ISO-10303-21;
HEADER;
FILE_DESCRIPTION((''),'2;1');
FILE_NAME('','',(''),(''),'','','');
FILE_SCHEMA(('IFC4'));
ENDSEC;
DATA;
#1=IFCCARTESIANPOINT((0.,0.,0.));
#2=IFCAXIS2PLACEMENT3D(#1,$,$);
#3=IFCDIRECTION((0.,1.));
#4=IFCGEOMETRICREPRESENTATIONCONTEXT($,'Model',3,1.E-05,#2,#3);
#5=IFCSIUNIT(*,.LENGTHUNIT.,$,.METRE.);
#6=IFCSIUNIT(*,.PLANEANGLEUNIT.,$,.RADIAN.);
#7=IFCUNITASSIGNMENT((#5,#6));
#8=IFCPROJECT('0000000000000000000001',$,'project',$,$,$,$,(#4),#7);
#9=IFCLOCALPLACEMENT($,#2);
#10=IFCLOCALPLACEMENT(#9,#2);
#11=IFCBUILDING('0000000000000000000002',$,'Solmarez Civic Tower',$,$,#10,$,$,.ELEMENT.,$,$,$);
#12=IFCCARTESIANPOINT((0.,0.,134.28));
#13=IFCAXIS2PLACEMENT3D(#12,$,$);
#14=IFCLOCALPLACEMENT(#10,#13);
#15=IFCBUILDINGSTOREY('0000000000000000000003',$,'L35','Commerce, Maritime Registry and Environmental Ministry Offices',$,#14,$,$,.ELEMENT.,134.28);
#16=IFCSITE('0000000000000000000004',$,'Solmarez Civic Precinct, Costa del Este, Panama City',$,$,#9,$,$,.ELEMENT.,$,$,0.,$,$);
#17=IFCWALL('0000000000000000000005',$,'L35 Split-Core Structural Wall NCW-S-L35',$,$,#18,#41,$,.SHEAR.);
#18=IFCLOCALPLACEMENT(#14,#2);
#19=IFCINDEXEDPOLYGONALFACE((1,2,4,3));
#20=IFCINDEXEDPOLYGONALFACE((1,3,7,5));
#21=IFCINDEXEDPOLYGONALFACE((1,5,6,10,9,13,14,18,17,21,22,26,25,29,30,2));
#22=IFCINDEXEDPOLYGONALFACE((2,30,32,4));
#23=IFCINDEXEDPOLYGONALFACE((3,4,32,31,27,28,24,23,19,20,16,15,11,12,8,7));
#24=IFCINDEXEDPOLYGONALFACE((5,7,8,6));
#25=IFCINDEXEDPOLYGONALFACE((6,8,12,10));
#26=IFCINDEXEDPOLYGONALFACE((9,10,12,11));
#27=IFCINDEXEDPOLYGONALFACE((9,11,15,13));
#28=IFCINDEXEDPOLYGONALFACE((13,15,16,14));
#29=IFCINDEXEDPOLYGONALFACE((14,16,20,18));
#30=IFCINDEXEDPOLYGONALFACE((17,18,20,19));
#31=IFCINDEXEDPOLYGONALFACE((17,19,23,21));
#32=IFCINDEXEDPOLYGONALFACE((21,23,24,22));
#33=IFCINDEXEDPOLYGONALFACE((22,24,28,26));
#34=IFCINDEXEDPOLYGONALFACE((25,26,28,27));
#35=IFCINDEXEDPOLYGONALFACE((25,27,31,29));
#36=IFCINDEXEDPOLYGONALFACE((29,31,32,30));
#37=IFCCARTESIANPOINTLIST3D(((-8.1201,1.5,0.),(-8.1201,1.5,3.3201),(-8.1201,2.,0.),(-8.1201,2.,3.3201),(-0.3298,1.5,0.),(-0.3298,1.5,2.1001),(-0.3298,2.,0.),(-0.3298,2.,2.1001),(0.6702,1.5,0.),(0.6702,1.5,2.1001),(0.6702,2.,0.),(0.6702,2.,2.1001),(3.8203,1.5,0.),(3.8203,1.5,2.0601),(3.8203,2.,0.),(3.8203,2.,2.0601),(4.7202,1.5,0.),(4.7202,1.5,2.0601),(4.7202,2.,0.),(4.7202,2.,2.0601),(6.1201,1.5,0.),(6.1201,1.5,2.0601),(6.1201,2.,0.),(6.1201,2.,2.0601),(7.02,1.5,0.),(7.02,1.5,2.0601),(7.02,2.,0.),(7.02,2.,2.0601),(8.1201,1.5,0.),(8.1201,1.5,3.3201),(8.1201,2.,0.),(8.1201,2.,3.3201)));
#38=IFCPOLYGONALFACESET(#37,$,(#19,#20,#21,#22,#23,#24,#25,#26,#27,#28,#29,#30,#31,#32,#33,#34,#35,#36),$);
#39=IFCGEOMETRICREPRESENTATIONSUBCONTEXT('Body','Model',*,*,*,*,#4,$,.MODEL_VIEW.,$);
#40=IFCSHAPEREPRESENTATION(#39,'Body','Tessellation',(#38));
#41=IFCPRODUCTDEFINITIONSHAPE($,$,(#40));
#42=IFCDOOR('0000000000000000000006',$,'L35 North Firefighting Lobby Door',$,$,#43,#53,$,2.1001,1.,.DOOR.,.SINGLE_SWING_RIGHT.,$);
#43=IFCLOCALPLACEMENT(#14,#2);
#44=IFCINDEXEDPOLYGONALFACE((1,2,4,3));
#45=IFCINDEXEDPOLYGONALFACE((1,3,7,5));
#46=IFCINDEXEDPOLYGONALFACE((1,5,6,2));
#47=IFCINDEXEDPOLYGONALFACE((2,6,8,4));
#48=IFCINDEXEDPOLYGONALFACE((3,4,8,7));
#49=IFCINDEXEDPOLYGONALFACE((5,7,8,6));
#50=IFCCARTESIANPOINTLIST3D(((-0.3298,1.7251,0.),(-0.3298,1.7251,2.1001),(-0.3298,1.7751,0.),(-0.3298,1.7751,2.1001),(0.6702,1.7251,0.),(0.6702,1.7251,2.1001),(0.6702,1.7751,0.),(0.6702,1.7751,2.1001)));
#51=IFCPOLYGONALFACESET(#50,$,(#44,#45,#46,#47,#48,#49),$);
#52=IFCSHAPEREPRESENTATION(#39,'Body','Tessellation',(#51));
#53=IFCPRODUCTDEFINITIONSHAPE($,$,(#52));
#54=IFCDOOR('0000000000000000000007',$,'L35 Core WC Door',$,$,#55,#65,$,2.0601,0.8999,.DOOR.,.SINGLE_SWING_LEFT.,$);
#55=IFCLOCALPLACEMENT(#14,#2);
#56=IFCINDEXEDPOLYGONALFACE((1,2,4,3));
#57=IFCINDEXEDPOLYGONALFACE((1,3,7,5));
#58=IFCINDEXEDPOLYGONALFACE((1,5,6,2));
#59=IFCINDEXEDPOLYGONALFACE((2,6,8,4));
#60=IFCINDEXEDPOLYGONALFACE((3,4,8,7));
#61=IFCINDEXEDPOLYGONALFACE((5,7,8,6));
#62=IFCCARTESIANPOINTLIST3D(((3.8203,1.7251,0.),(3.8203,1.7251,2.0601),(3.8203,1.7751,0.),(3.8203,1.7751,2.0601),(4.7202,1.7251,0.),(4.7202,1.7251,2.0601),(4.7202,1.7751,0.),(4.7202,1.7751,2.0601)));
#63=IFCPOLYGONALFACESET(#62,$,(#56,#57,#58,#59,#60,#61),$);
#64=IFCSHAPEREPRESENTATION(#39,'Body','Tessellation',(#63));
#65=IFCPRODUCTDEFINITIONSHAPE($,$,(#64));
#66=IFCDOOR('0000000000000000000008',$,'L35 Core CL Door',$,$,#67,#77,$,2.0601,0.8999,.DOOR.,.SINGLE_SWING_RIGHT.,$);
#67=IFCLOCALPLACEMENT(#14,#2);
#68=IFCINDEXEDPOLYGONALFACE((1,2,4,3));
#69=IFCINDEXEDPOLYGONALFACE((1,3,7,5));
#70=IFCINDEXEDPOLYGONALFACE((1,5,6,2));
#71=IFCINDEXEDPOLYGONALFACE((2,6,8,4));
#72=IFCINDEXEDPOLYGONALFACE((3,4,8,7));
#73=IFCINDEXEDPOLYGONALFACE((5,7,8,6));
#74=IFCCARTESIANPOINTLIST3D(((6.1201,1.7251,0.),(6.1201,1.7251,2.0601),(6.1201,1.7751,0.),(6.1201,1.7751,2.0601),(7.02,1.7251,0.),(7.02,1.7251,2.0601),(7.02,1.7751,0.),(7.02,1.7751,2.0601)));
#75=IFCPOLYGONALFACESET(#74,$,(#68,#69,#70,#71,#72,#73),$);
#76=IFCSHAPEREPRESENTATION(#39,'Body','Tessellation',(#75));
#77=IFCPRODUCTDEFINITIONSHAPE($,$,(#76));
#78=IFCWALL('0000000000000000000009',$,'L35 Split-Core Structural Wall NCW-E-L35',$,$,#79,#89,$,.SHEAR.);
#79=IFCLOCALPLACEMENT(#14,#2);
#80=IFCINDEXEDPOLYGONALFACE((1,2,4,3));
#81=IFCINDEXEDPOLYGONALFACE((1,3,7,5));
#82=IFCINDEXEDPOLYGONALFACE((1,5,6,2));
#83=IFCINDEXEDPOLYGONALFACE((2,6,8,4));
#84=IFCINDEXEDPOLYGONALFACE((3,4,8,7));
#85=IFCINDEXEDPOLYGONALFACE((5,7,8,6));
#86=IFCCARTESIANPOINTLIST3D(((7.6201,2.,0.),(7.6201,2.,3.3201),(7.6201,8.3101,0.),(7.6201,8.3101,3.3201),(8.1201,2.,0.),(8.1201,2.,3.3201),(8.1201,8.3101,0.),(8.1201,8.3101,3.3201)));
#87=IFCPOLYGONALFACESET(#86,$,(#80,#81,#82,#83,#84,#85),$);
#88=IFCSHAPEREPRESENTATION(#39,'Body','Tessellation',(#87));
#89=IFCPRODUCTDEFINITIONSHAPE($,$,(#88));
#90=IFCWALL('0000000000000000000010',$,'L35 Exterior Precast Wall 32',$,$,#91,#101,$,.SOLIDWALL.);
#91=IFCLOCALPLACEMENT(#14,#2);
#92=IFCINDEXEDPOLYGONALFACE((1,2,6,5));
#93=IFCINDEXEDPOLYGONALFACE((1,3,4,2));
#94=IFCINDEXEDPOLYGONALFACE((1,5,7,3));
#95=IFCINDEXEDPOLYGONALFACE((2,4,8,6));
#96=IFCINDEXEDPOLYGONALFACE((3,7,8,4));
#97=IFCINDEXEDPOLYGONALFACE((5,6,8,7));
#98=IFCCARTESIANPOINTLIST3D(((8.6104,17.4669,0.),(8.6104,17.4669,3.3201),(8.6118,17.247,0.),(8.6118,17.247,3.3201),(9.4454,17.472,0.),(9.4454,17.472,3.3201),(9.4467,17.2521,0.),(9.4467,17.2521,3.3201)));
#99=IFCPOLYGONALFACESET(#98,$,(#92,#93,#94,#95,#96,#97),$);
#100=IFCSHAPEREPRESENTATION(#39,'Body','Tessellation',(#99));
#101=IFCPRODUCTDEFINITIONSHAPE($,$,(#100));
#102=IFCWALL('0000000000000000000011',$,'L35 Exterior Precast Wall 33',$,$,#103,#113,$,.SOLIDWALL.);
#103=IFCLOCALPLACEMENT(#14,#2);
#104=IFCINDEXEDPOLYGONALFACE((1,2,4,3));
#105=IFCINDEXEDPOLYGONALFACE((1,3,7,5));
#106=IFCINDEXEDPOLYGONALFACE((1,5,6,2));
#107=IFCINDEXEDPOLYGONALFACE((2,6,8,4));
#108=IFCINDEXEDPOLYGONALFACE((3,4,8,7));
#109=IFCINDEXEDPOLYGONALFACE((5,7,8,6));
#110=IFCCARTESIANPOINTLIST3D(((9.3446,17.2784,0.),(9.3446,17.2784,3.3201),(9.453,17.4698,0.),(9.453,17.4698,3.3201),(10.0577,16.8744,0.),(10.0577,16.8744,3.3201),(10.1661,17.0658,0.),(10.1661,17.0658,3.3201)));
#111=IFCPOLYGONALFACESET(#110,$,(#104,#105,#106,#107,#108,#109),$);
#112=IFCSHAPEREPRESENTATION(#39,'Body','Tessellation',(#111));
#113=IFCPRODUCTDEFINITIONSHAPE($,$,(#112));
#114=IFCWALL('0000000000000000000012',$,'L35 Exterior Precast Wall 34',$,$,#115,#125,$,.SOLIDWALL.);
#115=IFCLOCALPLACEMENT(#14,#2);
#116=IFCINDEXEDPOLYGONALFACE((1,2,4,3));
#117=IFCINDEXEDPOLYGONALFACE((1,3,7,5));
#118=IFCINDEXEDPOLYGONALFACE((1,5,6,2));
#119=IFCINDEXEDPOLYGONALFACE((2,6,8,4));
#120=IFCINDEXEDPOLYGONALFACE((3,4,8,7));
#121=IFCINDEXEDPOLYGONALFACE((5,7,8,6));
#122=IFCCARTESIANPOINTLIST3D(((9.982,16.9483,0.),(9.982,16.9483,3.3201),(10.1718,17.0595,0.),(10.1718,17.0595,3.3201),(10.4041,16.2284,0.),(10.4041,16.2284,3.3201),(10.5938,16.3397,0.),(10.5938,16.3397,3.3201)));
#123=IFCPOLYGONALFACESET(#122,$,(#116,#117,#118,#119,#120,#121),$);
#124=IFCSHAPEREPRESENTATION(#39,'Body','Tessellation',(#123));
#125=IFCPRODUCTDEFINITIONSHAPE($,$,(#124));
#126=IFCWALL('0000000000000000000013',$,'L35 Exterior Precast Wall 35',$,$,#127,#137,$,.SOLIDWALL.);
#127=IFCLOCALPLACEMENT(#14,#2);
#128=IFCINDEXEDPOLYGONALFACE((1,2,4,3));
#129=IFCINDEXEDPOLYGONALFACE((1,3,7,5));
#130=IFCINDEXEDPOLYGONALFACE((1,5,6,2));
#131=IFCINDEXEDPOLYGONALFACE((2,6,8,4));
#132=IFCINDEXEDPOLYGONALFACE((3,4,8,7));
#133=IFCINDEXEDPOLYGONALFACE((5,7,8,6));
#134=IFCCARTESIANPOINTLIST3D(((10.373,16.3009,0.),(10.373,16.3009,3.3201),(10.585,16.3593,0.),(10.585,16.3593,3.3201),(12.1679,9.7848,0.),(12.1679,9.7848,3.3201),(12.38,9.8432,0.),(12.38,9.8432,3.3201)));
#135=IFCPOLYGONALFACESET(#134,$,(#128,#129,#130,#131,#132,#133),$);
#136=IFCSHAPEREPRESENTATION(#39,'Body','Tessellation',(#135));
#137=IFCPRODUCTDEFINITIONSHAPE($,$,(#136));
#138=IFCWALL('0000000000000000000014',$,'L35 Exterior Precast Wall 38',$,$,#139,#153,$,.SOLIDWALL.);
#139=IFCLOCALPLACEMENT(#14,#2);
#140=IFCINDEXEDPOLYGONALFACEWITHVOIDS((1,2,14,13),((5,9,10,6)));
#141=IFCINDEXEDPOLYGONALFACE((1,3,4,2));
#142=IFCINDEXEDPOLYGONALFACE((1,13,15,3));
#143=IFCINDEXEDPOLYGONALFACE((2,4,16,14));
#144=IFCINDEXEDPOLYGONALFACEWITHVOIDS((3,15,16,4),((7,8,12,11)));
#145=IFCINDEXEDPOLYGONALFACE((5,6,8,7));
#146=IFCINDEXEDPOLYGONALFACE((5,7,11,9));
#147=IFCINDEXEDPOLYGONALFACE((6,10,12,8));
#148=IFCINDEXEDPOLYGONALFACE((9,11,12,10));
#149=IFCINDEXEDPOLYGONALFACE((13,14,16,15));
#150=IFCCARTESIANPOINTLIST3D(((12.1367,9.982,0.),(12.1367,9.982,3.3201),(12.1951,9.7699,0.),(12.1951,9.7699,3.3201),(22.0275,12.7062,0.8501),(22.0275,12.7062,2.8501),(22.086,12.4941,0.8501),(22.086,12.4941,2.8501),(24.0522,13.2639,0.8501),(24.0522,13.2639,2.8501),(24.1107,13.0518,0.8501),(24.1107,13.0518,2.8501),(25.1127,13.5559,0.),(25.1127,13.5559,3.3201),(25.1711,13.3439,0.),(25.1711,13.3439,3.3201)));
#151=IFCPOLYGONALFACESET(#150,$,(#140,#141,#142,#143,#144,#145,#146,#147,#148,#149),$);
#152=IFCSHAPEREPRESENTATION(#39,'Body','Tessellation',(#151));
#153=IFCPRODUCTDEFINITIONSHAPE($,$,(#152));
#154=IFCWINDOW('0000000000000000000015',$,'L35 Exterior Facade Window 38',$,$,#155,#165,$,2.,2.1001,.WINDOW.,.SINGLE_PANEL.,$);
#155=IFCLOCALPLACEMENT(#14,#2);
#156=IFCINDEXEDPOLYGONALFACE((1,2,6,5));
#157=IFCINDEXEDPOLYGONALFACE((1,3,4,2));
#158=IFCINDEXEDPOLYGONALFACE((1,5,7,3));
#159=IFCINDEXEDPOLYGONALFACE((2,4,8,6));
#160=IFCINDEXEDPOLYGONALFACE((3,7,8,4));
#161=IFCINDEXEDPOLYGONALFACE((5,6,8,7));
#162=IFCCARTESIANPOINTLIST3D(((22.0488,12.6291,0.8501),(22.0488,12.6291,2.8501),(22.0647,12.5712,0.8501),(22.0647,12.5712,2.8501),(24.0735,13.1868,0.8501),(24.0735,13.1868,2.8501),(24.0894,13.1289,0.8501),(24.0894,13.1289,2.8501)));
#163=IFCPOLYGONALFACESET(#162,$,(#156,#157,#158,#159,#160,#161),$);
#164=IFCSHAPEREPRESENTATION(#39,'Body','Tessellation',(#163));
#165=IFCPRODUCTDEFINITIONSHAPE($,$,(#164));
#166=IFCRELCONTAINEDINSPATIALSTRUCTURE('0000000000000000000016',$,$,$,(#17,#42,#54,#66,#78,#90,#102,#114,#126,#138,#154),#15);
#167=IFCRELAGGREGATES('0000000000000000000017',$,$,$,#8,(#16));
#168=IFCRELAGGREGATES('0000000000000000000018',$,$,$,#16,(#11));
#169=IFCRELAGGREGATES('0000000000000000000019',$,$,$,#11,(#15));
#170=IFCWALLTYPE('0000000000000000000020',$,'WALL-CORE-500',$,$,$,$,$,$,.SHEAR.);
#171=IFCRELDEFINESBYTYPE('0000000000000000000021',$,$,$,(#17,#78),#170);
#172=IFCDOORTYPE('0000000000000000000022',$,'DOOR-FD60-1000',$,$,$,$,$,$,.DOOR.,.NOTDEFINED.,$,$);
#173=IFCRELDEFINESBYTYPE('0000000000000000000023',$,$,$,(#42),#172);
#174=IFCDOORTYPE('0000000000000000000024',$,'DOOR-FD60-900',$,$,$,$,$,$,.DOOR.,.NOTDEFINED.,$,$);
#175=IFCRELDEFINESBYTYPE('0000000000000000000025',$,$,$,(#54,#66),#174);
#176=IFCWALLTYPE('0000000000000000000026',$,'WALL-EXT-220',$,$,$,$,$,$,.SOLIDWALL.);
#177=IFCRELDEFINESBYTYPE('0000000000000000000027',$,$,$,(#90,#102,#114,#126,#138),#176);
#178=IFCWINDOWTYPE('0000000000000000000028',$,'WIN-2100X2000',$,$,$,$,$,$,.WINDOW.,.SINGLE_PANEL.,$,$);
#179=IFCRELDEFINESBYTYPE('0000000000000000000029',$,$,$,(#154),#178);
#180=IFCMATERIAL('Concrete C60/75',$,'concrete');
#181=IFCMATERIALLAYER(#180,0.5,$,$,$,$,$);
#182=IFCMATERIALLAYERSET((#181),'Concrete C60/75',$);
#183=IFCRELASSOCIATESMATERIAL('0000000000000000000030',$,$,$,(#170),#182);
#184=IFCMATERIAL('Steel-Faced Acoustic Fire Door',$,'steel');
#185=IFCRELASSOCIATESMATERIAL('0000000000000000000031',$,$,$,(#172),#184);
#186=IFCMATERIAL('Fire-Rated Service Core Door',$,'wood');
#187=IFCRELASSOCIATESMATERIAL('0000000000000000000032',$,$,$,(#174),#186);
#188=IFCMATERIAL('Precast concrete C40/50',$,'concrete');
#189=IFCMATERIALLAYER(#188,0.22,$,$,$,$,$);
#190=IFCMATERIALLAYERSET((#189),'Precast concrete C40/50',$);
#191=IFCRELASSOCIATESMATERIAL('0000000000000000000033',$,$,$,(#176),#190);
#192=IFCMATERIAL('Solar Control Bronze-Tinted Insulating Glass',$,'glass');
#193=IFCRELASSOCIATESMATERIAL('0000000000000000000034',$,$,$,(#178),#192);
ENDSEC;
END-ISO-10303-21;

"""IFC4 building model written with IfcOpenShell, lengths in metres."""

from ifc_helpers import new_model, si_unit, direction, frame, frame_2d, origin, place, context, subcontext, project, spatial, rectangle, extrude, material, layer, layer_set, type_object, element, fill, save


model = new_model("IFC4")

# Units and contexts
model_context = context("Model", 3, precision=1e-05, world=origin(), true_north=direction((0.0, 1.0)))
body_context = subcontext(model_context, "Body", "Model", "MODEL_VIEW")
ifc_project = project(units=[si_unit("LENGTHUNIT", "METRE"), si_unit("PLANEANGLEUNIT", "RADIAN")], contexts=[model_context])

# Site, building, storey
site_placement = place(None, origin())
site = spatial("IfcSite", under=ifc_project, at=site_placement, Name="Solmarez Civic Precinct, Costa del Este, Panama City", CompositionType="ELEMENT", RefElevation=0.0)
building_placement = place(site_placement, origin())
building = spatial("IfcBuilding", under=site, at=building_placement, Name="Solmarez Civic Tower", CompositionType="ELEMENT")
storey_placement = place(building_placement, frame((0.0, 0.0, 134.28)))
storey = spatial("IfcBuildingStorey", under=building, at=storey_placement, Name="L35", Description="Commerce, Maritime Registry and Environmental Ministry Offices", CompositionType="ELEMENT", Elevation=134.28)

# Wall, openings, doors
ifc_material_1 = material(Name="Concrete C60/75", Category="concrete")
ifc_layer_1 = layer(ifc_material_1, 0.5)
ifc_layer_set_1 = layer_set([ifc_layer_1], Name="Concrete C60/75")
wall_type_1 = type_object("IfcWallType", Name="WALL-CORE-500", PredefinedType="SHEAR", material=ifc_layer_set_1)
wall_1_placement = place(storey_placement, frame((8.1201, 1.75, 0.0), z_axis=(0.0, 0.0, 1.0), x_axis=(-1.0, 0.0, 0.0)))
wall_1 = element("IfcWall", 1, at=wall_1_placement, inside=storey, type_object=wall_type_1, Name="L35 Split-Core Structural Wall NCW-S-L35", PredefinedType="SHEAR", context=body_context, shape_type="SweptSolid", body=[
    extrude(rectangle(XDim=16.2402, YDim=0.5, at=frame_2d((8.1201, 0.0))), origin(), (0.0, 0.0, 1.0), 3.3201),
])
opening_1_placement = place(wall_1_placement, frame((7.45, 0.0, 0.0)))
opening_1 = element("IfcOpeningElement", 2, at=opening_1_placement, cuts=wall_1, PredefinedType="OPENING", context=body_context, shape_type="SweptSolid", body=[
    extrude(rectangle(XDim=1.0, YDim=2.1001, at=frame_2d((0.5, 1.05))), frame((0.0, 0.26, 0.0), z_axis=(0.0, -1.0, 0.0), x_axis=(1.0, 0.0, 0.0)), (0.0, 0.0, 1.0), 0.52),
])
opening_2_placement = place(wall_1_placement, frame((3.3999, 0.0, 0.0)))
opening_2 = element("IfcOpeningElement", 3, at=opening_2_placement, cuts=wall_1, PredefinedType="OPENING", context=body_context, shape_type="SweptSolid", body=[
    extrude(rectangle(XDim=0.8999, YDim=2.0601, at=frame_2d((0.45, 1.03))), frame((0.0, 0.26, 0.0), z_axis=(0.0, -1.0, 0.0), x_axis=(1.0, 0.0, 0.0)), (0.0, 0.0, 1.0), 0.52),
])
opening_3_placement = place(wall_1_placement, frame((1.1001, 0.0, 0.0)))
opening_3 = element("IfcOpeningElement", 4, at=opening_3_placement, cuts=wall_1, PredefinedType="OPENING", context=body_context, shape_type="SweptSolid", body=[
    extrude(rectangle(XDim=0.8999, YDim=2.0601, at=frame_2d((0.45, 1.03))), frame((0.0, 0.26, 0.0), z_axis=(0.0, -1.0, 0.0), x_axis=(1.0, 0.0, 0.0)), (0.0, 0.0, 1.0), 0.52),
])
ifc_material_2 = material(Name="Steel-Faced Acoustic Fire Door", Category="steel")
door_type_1 = type_object("IfcDoorType", Name="DOOR-FD60-1000", OperationType="NOTDEFINED", PredefinedType="DOOR", material=ifc_material_2)
door_1_placement = place(opening_1_placement, origin())
door_1 = element("IfcDoor", 5, at=door_1_placement, inside=storey, type_object=door_type_1, Name="L35 North Firefighting Lobby Door", OperationType="SINGLE_SWING_RIGHT", OverallHeight=2.1001, OverallWidth=1.0, PredefinedType="DOOR", context=body_context, shape_type="SweptSolid", body=[
    extrude(rectangle(XDim=1.0, YDim=2.1001, at=frame_2d((0.5, 1.05))), frame((0.0, 0.0249, 0.0), z_axis=(0.0, -1.0, 0.0), x_axis=(1.0, 0.0, 0.0)), (0.0, 0.0, 1.0), 0.05),
])
fill(opening_1, door_1)
ifc_material_3 = material(Name="Fire-Rated Service Core Door", Category="wood")
door_type_2 = type_object("IfcDoorType", Name="DOOR-FD60-900", OperationType="NOTDEFINED", PredefinedType="DOOR", material=ifc_material_3)
door_2_placement = place(opening_2_placement, origin())
door_2 = element("IfcDoor", 6, at=door_2_placement, inside=storey, type_object=door_type_2, Name="L35 Core WC Door", OperationType="SINGLE_SWING_LEFT", OverallHeight=2.0601, OverallWidth=0.8999, PredefinedType="DOOR", context=body_context, shape_type="SweptSolid", body=[
    extrude(rectangle(XDim=0.8999, YDim=2.0601, at=frame_2d((0.45, 1.03))), frame((0.0, 0.0249, 0.0), z_axis=(0.0, -1.0, 0.0), x_axis=(1.0, 0.0, 0.0)), (0.0, 0.0, 1.0), 0.05),
])
fill(opening_2, door_2)
door_3_placement = place(opening_3_placement, origin())
door_3 = element("IfcDoor", 7, at=door_3_placement, inside=storey, type_object=door_type_2, Name="L35 Core CL Door", OperationType="SINGLE_SWING_RIGHT", OverallHeight=2.0601, OverallWidth=0.8999, PredefinedType="DOOR", context=body_context, shape_type="SweptSolid", body=[
    extrude(rectangle(XDim=0.8999, YDim=2.0601, at=frame_2d((0.45, 1.03))), frame((0.0, 0.0249, 0.0), z_axis=(0.0, -1.0, 0.0), x_axis=(1.0, 0.0, 0.0)), (0.0, 0.0, 1.0), 0.05),
])
fill(opening_3, door_3)

# Walls
wall_2_placement = place(storey_placement, frame((7.8701, 8.3101, 0.0), z_axis=(0.0, 0.0, 1.0), x_axis=(0.0, -1.0, 0.0)))
element("IfcWall", 8, at=wall_2_placement, inside=storey, type_object=wall_type_1, Name="L35 Split-Core Structural Wall NCW-E-L35", PredefinedType="SHEAR", context=body_context, shape_type="SweptSolid", body=[
    extrude(rectangle(XDim=6.3101, YDim=0.5, at=frame_2d((3.155, 0.0))), origin(), (0.0, 0.0, 1.0), 3.3201),
])
ifc_material_4 = material(Name="Precast concrete C40/50", Category="concrete")
ifc_layer_2 = layer(ifc_material_4, 0.22)
ifc_layer_set_2 = layer_set([ifc_layer_2], Name="Precast concrete C40/50")
wall_type_2 = type_object("IfcWallType", Name="WALL-EXT-220", PredefinedType="SOLIDWALL", material=ifc_layer_set_2)
wall_3_placement = place(storey_placement, frame((8.6111, 17.3569, 0.0), z_axis=(0.0, 0.0, 1.0), x_axis=(0.999981, 0.00614, 0.0)))
element("IfcWall", 9, at=wall_3_placement, inside=storey, type_object=wall_type_2, Name="L35 Exterior Precast Wall 32", PredefinedType="SOLIDWALL", context=body_context, shape_type="SweptSolid", body=[
    extrude(rectangle(XDim=0.835, YDim=0.22, at=frame_2d((0.4175, 0.0))), origin(), (0.0, 0.0, 1.0), 3.3201),
])
wall_4_placement = place(storey_placement, frame((9.3989, 17.374, 0.0), z_axis=(0.0, 0.0, 1.0), x_axis=(0.870052, -0.49296, 0.0)))
element("IfcWall", 10, at=wall_4_placement, inside=storey, type_object=wall_type_2, Name="L35 Exterior Precast Wall 33", PredefinedType="SOLIDWALL", context=body_context, shape_type="SweptSolid", body=[
    extrude(rectangle(XDim=0.8196, YDim=0.22, at=frame_2d((0.4097, 0.0))), origin(), (0.0, 0.0, 1.0), 3.3201),
])
wall_5_placement = place(storey_placement, frame((10.0769, 17.0039, 0.0), z_axis=(0.0, 0.0, 1.0), x_axis=(0.50578, -0.862663, 0.0)))
element("IfcWall", 11, at=wall_5_placement, inside=storey, type_object=wall_type_2, Name="L35 Exterior Precast Wall 34", PredefinedType="SOLIDWALL", context=body_context, shape_type="SweptSolid", body=[
    extrude(rectangle(XDim=0.8345, YDim=0.22, at=frame_2d((0.4172, 0.0))), origin(), (0.0, 0.0, 1.0), 3.3201),
])
wall_6_placement = place(storey_placement, frame((10.479, 16.3301, 0.0), z_axis=(0.0, 0.0, 1.0), x_axis=(0.265568, -0.964092, 0.0)))
element("IfcWall", 12, at=wall_6_placement, inside=storey, type_object=wall_type_2, Name="L35 Exterior Precast Wall 35", PredefinedType="SOLIDWALL", context=body_context, shape_type="SweptSolid", body=[
    extrude(rectangle(XDim=6.7588, YDim=0.22, at=frame_2d((3.3794, 0.0))), origin(), (0.0, 0.0, 1.0), 3.3201),
])

# Wall, opening, window
wall_7_placement = place(storey_placement, frame((12.166, 9.876, 0.0), z_axis=(0.0, 0.0, 1.0), x_axis=(0.9641, 0.26554, 0.0)))
wall_7 = element("IfcWall", 13, at=wall_7_placement, inside=storey, type_object=wall_type_2, Name="L35 Exterior Precast Wall 38", PredefinedType="SOLIDWALL", context=body_context, shape_type="SweptSolid", body=[
    extrude(rectangle(XDim=13.4592, YDim=0.22, at=frame_2d((6.7295, 0.0))), origin(), (0.0, 0.0, 1.0), 3.3201),
])
opening_4_placement = place(wall_7_placement, frame((10.259, 0.0, 0.8501)))
opening_4 = element("IfcOpeningElement", 14, at=opening_4_placement, cuts=wall_7, PredefinedType="OPENING", context=body_context, shape_type="SweptSolid", body=[
    extrude(rectangle(XDim=2.1001, YDim=2.0, at=frame_2d((1.05, 1.0))), frame((0.0, 0.1199, 0.0), z_axis=(0.0, -1.0, 0.0), x_axis=(1.0, 0.0, 0.0)), (0.0, 0.0, 1.0), 0.24),
])
ifc_material_5 = material(Name="Solar Control Bronze-Tinted Insulating Glass", Category="glass")
window_type = type_object("IfcWindowType", Name="WIN-2100X2000", PartitioningType="SINGLE_PANEL", PredefinedType="WINDOW", material=ifc_material_5)
window_placement = place(opening_4_placement, origin())
window = element("IfcWindow", 15, at=window_placement, inside=storey, type_object=window_type, Name="L35 Exterior Facade Window 38", OverallHeight=2.0, OverallWidth=2.1001, PartitioningType="SINGLE_PANEL", PredefinedType="WINDOW", context=body_context, shape_type="SweptSolid", body=[
    extrude(rectangle(XDim=2.1001, YDim=2.0, at=frame_2d((1.05, 1.0))), frame((0.0, 0.03, 0.0), z_axis=(0.0, -1.0, 0.0), x_axis=(1.0, 0.0, 0.0)), (0.0, 0.0, 1.0), 0.0601),
])
fill(opening_4, window)

save(model, "model.ifc")
